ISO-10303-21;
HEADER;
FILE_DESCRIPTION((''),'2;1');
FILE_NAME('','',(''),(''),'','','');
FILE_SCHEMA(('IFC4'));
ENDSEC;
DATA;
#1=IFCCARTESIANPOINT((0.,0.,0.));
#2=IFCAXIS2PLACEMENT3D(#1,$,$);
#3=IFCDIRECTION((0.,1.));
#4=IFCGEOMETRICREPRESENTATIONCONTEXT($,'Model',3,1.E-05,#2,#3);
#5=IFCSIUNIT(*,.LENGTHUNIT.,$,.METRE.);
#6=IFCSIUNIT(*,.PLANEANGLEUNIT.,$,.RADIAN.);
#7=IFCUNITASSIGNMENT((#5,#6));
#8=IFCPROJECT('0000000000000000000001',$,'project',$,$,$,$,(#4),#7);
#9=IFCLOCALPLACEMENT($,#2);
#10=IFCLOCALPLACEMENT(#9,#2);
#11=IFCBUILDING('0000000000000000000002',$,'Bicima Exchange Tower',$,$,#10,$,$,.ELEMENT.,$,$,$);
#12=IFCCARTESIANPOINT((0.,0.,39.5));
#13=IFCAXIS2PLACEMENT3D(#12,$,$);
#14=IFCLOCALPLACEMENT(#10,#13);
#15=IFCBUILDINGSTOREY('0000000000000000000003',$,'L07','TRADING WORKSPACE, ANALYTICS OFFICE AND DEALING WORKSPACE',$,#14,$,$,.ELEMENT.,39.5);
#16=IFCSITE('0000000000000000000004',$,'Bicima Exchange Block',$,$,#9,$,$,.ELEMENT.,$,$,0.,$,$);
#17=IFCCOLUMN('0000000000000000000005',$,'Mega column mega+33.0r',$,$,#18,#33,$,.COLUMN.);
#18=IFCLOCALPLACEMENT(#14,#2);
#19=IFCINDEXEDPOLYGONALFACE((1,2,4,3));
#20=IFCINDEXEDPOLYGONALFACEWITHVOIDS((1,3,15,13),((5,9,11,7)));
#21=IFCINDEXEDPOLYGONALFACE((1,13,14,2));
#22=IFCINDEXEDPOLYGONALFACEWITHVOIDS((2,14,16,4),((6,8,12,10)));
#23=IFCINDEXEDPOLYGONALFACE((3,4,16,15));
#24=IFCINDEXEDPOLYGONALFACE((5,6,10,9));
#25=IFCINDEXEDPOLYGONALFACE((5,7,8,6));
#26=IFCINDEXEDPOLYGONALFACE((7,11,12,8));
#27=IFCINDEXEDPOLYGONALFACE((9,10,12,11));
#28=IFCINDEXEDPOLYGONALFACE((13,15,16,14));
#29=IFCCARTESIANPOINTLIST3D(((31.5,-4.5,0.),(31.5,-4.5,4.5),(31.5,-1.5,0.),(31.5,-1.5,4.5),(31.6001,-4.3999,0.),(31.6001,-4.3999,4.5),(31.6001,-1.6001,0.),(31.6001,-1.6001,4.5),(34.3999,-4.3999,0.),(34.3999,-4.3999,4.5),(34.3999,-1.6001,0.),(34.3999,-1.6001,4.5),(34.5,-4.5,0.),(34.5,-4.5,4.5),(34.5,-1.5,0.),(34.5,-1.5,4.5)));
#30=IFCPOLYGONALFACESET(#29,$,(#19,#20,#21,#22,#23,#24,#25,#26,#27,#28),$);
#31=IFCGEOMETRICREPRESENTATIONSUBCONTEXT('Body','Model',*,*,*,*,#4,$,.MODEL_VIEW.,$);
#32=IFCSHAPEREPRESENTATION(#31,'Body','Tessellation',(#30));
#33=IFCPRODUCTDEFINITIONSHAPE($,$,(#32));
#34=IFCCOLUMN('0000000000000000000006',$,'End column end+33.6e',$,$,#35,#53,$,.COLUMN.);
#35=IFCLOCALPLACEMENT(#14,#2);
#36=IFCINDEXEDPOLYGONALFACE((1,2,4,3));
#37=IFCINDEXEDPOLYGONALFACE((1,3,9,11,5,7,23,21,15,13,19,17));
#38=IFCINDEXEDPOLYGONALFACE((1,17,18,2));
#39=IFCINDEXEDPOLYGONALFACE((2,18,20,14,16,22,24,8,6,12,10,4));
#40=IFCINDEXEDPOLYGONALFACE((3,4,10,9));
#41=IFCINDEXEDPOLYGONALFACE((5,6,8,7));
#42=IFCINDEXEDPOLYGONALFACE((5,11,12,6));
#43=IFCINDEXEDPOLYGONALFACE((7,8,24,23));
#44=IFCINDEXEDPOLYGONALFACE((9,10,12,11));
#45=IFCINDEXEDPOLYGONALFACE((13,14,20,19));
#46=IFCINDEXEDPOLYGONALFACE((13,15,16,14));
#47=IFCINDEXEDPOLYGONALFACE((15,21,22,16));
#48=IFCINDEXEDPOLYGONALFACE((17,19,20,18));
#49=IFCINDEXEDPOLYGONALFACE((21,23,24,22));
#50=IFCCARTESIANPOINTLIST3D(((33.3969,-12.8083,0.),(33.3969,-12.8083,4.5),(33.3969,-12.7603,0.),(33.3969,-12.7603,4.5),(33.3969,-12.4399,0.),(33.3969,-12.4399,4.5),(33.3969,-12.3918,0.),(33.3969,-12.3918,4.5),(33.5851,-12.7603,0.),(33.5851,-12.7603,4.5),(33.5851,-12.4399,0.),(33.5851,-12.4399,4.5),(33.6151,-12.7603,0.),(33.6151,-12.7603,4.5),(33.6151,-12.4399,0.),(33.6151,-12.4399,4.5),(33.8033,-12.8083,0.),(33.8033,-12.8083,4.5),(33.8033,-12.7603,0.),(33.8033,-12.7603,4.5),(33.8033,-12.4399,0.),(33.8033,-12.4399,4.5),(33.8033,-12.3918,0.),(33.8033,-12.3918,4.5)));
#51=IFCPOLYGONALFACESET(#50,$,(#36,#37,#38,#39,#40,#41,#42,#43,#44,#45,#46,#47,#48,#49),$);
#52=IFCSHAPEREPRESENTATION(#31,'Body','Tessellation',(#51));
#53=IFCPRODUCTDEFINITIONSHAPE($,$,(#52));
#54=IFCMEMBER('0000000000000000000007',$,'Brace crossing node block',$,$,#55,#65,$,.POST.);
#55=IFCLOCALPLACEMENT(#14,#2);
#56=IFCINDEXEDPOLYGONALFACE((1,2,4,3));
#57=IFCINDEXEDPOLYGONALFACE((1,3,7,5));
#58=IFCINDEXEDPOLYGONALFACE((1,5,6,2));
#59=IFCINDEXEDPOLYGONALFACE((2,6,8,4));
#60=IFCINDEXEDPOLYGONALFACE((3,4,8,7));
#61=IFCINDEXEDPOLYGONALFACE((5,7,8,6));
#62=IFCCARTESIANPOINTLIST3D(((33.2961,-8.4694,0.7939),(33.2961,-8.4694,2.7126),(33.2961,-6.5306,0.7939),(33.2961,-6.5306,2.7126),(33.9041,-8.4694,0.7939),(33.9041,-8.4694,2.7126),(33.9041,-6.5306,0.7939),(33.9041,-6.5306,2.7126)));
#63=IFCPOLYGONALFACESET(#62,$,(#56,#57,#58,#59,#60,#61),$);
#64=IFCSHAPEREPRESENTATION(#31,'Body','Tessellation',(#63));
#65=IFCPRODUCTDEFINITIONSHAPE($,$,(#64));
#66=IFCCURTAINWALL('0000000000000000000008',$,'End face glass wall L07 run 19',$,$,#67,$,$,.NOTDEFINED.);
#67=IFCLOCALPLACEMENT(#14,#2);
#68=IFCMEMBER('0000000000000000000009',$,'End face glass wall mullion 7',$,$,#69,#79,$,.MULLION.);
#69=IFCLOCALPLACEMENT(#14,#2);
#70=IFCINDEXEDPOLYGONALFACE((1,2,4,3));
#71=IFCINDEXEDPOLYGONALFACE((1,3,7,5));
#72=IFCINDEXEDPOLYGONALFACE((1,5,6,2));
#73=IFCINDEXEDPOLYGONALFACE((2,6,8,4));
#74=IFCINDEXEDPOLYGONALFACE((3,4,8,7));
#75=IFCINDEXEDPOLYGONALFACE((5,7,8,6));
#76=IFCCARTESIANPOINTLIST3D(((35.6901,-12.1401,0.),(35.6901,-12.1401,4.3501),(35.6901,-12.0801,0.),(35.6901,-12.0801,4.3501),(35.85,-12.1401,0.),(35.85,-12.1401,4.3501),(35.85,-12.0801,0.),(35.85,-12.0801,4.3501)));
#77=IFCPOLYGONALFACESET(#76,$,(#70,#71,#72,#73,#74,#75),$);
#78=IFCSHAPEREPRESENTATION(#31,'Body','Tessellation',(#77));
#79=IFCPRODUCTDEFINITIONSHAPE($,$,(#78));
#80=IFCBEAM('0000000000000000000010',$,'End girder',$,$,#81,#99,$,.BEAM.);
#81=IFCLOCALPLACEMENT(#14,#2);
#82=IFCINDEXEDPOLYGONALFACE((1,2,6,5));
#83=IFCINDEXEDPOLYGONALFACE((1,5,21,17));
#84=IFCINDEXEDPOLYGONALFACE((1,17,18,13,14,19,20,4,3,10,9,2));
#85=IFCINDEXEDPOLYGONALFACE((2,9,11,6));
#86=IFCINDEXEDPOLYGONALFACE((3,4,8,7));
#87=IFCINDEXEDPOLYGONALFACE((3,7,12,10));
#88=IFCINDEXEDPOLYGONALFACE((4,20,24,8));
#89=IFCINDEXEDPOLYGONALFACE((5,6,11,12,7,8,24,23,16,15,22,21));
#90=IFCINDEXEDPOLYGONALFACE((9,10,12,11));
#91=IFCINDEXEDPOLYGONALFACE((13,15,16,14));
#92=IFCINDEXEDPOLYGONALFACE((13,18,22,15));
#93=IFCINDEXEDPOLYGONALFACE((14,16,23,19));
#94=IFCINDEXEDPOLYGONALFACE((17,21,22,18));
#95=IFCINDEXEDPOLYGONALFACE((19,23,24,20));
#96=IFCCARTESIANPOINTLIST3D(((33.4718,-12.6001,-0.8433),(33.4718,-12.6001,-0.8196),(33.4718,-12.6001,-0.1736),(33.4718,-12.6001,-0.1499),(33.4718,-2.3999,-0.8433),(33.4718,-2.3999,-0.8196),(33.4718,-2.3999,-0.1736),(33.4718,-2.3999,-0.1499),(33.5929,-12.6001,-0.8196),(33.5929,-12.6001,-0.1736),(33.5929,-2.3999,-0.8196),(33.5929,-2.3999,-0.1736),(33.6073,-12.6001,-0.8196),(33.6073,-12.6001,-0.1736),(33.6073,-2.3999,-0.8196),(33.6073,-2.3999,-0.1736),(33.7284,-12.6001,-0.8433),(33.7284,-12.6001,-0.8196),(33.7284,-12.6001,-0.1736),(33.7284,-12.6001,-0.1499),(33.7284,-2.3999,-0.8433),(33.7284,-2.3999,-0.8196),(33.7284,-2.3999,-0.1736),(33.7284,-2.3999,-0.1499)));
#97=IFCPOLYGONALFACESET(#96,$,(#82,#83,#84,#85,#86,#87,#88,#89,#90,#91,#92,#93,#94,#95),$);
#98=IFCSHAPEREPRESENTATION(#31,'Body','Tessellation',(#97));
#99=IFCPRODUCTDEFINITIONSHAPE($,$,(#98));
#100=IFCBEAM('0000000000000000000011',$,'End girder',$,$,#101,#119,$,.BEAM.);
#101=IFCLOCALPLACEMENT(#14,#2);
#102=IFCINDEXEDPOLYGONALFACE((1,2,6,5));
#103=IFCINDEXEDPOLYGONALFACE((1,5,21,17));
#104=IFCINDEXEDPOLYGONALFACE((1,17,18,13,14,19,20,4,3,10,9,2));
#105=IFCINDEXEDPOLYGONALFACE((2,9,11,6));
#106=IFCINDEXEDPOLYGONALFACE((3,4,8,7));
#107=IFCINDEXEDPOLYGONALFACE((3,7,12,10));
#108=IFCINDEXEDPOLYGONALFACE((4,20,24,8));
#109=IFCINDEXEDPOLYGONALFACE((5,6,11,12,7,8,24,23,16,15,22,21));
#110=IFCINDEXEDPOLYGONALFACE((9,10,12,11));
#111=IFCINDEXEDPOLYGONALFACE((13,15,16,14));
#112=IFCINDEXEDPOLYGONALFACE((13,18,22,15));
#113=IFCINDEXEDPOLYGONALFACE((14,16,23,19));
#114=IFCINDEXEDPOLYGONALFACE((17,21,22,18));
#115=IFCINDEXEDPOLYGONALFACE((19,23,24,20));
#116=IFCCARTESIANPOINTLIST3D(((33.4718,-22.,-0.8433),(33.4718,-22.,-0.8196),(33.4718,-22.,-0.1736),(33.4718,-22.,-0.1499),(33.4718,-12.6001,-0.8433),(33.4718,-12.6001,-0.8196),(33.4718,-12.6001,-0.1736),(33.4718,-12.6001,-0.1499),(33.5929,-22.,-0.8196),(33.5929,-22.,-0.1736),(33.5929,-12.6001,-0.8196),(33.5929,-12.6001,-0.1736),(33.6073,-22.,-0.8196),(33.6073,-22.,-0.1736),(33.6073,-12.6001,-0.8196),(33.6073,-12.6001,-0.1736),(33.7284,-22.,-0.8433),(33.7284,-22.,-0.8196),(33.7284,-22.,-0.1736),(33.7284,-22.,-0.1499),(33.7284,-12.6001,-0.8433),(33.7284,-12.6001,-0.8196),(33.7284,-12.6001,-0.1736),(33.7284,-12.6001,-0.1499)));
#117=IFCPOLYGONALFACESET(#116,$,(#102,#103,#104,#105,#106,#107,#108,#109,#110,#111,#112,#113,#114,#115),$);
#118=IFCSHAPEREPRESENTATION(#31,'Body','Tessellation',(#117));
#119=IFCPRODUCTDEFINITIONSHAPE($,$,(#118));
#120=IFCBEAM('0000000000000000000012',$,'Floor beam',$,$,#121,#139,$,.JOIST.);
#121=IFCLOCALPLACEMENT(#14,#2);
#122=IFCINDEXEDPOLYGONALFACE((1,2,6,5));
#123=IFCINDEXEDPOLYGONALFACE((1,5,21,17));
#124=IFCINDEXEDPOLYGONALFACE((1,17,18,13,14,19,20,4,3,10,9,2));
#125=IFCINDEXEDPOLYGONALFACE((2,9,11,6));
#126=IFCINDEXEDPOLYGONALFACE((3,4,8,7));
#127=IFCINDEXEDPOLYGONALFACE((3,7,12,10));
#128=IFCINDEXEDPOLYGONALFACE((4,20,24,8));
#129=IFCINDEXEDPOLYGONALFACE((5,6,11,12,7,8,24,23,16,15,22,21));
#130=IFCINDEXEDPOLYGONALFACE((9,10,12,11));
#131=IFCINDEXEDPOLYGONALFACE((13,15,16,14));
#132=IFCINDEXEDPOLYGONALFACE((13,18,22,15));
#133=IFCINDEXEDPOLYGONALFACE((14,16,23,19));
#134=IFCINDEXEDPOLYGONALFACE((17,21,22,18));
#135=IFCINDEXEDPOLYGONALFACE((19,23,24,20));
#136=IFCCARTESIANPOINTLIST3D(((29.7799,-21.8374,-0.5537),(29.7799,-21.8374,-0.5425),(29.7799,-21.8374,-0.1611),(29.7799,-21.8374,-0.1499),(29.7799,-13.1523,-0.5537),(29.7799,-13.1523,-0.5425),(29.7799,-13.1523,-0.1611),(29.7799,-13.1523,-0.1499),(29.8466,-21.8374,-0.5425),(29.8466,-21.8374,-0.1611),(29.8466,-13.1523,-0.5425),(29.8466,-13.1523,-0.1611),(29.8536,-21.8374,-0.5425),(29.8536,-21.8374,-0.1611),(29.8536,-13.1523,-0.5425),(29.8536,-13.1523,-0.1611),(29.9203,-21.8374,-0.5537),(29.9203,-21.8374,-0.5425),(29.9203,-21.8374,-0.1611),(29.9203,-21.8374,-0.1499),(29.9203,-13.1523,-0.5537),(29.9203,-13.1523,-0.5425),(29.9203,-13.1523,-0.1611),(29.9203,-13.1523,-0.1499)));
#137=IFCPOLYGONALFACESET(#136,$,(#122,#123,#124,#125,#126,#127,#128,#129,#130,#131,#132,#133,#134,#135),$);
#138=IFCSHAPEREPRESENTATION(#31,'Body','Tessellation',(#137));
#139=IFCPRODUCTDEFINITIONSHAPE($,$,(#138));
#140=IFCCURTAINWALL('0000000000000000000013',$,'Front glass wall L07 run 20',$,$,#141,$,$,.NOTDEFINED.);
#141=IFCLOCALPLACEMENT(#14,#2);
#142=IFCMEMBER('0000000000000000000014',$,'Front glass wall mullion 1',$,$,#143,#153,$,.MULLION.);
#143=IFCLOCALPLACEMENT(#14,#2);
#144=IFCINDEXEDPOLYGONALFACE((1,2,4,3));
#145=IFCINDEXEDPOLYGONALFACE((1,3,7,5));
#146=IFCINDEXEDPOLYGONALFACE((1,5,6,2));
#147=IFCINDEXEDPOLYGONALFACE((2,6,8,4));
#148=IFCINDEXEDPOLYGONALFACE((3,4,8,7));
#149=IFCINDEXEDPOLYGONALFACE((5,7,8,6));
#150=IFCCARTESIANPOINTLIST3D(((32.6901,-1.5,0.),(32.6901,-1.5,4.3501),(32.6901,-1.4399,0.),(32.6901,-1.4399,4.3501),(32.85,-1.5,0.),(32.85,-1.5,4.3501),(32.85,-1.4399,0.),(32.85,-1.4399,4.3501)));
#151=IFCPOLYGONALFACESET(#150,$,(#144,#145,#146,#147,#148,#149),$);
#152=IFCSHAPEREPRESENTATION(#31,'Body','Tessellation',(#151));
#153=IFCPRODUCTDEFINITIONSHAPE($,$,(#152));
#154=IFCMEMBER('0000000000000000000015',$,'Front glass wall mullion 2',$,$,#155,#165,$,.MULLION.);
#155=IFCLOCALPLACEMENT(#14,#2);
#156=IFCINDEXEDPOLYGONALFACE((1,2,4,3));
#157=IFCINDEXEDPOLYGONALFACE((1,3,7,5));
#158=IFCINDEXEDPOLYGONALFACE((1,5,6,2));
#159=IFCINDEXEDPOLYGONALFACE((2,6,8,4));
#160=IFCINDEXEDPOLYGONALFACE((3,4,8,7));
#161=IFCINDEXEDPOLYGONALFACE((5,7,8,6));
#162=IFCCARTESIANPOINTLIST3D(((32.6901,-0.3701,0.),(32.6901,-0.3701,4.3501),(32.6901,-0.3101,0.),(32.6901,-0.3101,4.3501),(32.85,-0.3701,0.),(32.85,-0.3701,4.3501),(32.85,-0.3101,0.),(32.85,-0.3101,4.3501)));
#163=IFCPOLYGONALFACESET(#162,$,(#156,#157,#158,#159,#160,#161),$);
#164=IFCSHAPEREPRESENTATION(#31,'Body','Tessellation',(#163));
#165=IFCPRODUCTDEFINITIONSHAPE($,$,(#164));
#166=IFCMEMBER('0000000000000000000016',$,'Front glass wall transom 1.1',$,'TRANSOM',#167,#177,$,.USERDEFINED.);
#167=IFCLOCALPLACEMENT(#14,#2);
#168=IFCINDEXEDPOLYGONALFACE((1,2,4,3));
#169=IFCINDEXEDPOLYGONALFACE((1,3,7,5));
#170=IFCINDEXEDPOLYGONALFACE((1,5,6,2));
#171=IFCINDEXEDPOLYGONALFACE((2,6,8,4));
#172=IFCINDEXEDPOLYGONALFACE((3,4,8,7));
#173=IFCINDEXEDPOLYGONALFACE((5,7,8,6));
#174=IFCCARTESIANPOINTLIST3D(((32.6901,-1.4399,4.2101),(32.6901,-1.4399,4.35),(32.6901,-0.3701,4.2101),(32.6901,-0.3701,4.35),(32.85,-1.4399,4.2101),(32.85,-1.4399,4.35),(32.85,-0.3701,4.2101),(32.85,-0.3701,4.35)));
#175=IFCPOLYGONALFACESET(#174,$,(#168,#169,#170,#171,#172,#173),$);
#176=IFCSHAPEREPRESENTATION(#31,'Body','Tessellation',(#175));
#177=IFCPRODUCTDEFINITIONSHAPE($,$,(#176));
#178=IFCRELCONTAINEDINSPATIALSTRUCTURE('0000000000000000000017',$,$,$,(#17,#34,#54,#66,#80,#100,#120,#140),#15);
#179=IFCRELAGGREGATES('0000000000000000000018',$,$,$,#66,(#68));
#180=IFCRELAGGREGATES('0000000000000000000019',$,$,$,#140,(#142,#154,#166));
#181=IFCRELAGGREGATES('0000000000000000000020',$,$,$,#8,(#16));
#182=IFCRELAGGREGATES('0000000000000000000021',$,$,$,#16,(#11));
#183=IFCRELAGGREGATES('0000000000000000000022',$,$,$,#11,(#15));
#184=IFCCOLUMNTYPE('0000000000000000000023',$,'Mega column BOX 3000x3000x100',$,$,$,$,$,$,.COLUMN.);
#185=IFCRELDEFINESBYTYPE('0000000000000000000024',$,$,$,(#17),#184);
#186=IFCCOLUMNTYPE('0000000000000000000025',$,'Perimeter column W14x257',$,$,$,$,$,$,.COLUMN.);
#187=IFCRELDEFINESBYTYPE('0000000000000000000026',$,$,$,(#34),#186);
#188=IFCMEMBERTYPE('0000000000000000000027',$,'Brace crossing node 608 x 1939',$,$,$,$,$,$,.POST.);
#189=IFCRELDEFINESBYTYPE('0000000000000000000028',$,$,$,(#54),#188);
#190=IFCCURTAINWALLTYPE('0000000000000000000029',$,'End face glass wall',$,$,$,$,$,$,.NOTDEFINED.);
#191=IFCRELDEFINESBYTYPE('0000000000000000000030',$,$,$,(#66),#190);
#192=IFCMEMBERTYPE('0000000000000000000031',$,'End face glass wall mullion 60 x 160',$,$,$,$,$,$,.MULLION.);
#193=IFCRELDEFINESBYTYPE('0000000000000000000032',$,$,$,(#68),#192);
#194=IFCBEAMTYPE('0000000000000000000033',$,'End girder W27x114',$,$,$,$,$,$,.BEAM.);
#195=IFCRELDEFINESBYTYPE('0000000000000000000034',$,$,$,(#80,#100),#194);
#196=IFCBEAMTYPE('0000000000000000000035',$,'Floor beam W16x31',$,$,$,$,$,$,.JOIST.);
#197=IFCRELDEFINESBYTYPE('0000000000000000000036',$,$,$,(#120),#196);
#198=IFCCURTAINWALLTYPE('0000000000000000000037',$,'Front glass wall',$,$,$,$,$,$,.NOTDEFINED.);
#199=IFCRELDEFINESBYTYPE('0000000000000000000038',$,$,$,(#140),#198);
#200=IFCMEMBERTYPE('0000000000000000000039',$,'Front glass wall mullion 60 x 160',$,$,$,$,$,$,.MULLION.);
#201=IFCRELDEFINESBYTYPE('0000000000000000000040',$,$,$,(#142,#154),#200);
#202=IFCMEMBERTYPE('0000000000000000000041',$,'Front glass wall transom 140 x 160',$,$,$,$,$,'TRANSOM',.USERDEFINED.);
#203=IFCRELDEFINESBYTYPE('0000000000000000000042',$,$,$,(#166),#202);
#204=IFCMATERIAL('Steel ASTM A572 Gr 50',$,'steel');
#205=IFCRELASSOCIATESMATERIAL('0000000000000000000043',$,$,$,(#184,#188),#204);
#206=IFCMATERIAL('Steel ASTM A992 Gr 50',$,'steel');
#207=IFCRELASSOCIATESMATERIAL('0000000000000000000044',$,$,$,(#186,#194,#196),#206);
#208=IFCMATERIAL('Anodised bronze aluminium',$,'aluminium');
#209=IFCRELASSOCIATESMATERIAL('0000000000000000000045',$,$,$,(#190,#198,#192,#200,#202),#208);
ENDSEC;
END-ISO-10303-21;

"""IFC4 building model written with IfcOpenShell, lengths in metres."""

from ifc_helpers import new_model, si_unit, direction, frame, origin, origin_2d, place, context, subcontext, project, spatial, rectangle, hollow_rectangle, i_section, extrude, material, material_profile, profile_set, type_object, element, aggregate, save


model = new_model("IFC4")

# Units and contexts
model_context = context("Model", 3, precision=1e-05, world=origin(), true_north=direction((0.0, 1.0)))
body_context = subcontext(model_context, "Body", "Model", "MODEL_VIEW")
ifc_project = project(units=[si_unit("LENGTHUNIT", "METRE"), si_unit("PLANEANGLEUNIT", "RADIAN")], contexts=[model_context])

# Site, building, storey
site_placement = place(None, origin())
site = spatial("IfcSite", under=ifc_project, at=site_placement, Name="Bicima Exchange Block", CompositionType="ELEMENT", RefElevation=0.0)
building_placement = place(site_placement, origin())
building = spatial("IfcBuilding", under=site, at=building_placement, Name="Bicima Exchange Tower", CompositionType="ELEMENT")
storey_placement = place(building_placement, frame((0.0, 0.0, 39.5)))
storey = spatial("IfcBuildingStorey", under=building, at=storey_placement, Name="L07", Description="TRADING WORKSPACE, ANALYTICS OFFICE AND DEALING WORKSPACE", CompositionType="ELEMENT", Elevation=39.5)

# Columns
ifc_material_1 = material(Name="Steel ASTM A572 Gr 50", Category="steel")
ifc_material_profile_1 = material_profile(ifc_material_1, hollow_rectangle(XDim=3.0, YDim=3.0, WallThickness=0.1001, at=origin_2d()))
ifc_profile_set_1 = profile_set([ifc_material_profile_1], Name="Steel ASTM A572 Gr 50")
column_type_1 = type_object("IfcColumnType", Name="Mega column BOX 3000x3000x100", PredefinedType="COLUMN", material=ifc_profile_set_1)
column_1_placement = place(storey_placement, frame((33.0, -3.0, 0.0), z_axis=(0.0, 0.0, 1.0), x_axis=(1.0, 0.0, 0.0)))
element("IfcColumn", 1, at=column_1_placement, inside=storey, type_object=column_type_1, Name="Mega column mega+33.0r", PredefinedType="COLUMN", context=body_context, shape_type="SweptSolid", body=[
    extrude(hollow_rectangle(XDim=3.0, YDim=3.0, WallThickness=0.1001, at=origin_2d()), origin(), (0.0, 0.0, 1.0), 4.5),
])
ifc_material_2 = material(Name="Steel ASTM A992 Gr 50", Category="steel")
ifc_material_profile_2 = material_profile(ifc_material_2, i_section(OverallWidth=0.4065, OverallDepth=0.4165, WebThickness=0.03, FlangeThickness=0.0481, at=origin_2d()))
ifc_profile_set_2 = profile_set([ifc_material_profile_2], Name="Steel ASTM A992 Gr 50")
column_type_2 = type_object("IfcColumnType", Name="Perimeter column W14x257", PredefinedType="COLUMN", material=ifc_profile_set_2)
column_2_placement = place(storey_placement, frame((33.6001, -12.6001, 0.0), z_axis=(0.0, 0.0, 1.0), x_axis=(1.0, 0.0, 0.0)))
element("IfcColumn", 2, at=column_2_placement, inside=storey, type_object=column_type_2, Name="End column end+33.6e", PredefinedType="COLUMN", context=body_context, shape_type="SweptSolid", body=[
    extrude(i_section(OverallWidth=0.4065, OverallDepth=0.4165, WebThickness=0.03, FlangeThickness=0.0481, at=origin_2d()), origin(), (0.0, 0.0, 1.0), 4.5),
])

# Member
ifc_material_profile_3 = material_profile(ifc_material_1, rectangle(XDim=0.6079, YDim=1.9387, at=origin_2d()))
ifc_profile_set_3 = profile_set([ifc_material_profile_3], Name="Steel ASTM A572 Gr 50")
member_type_1 = type_object("IfcMemberType", Name="Brace crossing node 608 x 1939", PredefinedType="POST", material=ifc_profile_set_3)
member_1_placement = place(storey_placement, frame((33.6001, -7.5, 0.7939), z_axis=(0.0, 0.0, 1.0), x_axis=(1.0, 0.0, 0.0)))
element("IfcMember", 3, at=member_1_placement, inside=storey, type_object=member_type_1, Name="Brace crossing node block", PredefinedType="POST", context=body_context, shape_type="SweptSolid", body=[
    extrude(rectangle(XDim=0.6079, YDim=1.9387, at=origin_2d()), origin(), (0.0, 0.0, 1.0), 1.9187),
])

# Curtain wall, member
ifc_material_3 = material(Name="Anodised bronze aluminium", Category="aluminium")
curtain_wall_type_1 = type_object("IfcCurtainWallType", Name="End face glass wall", PredefinedType="NOTDEFINED", material=ifc_material_3)
curtain_wall_1_placement = place(storey_placement, origin())
curtain_wall_1 = element("IfcCurtainWall", 4, at=curtain_wall_1_placement, inside=storey, type_object=curtain_wall_type_1, Name="End face glass wall L07 run 19", PredefinedType="NOTDEFINED")
ifc_material_profile_4 = material_profile(ifc_material_3, rectangle(XDim=0.1599, YDim=0.0601, at=origin_2d()))
ifc_profile_set_4 = profile_set([ifc_material_profile_4], Name="Anodised bronze aluminium")
member_type_2 = type_object("IfcMemberType", Name="End face glass wall mullion 60 x 160", PredefinedType="MULLION", material=ifc_profile_set_4)
member_2_placement = place(storey_placement, frame((35.77, -12.1101, 0.0), z_axis=(0.0, 0.0, 1.0), x_axis=(-1.0, 0.0, 0.0)))
member_2 = element("IfcMember", 5, at=member_2_placement, type_object=member_type_2, Name="End face glass wall mullion 7", PredefinedType="MULLION", context=body_context, shape_type="SweptSolid", body=[
    extrude(rectangle(XDim=0.1599, YDim=0.0601, at=origin_2d()), origin(), (0.0, 0.0, 1.0), 4.3501),
])
aggregate(curtain_wall_1, [member_2])

# Beams
ifc_material_profile_5 = material_profile(ifc_material_2, i_section(OverallWidth=0.2566, OverallDepth=0.6934, WebThickness=0.0144, FlangeThickness=0.0237, at=origin_2d()))
ifc_profile_set_5 = profile_set([ifc_material_profile_5], Name="Steel ASTM A992 Gr 50")
beam_type_1 = type_object("IfcBeamType", Name="End girder W27x114", PredefinedType="BEAM", material=ifc_profile_set_5)
beam_1_placement = place(storey_placement, frame((33.6001, -2.3999, -0.4966), z_axis=(0.0, -1.0, 0.0), x_axis=(1.0, 0.0, 0.0)))
element("IfcBeam", 6, at=beam_1_placement, inside=storey, type_object=beam_type_1, Name="End girder", PredefinedType="BEAM", context=body_context, shape_type="SweptSolid", body=[
    extrude(i_section(OverallWidth=0.2566, OverallDepth=0.6934, WebThickness=0.0144, FlangeThickness=0.0237, at=origin_2d()), origin(), (0.0, 0.0, 1.0), 10.2002),
])
beam_2_placement = place(storey_placement, frame((33.6001, -12.6001, -0.4966), z_axis=(0.0, -1.0, 0.0), x_axis=(1.0, 0.0, 0.0)))
element("IfcBeam", 7, at=beam_2_placement, inside=storey, type_object=beam_type_1, Name="End girder", PredefinedType="BEAM", context=body_context, shape_type="SweptSolid", body=[
    extrude(i_section(OverallWidth=0.2566, OverallDepth=0.6934, WebThickness=0.0144, FlangeThickness=0.0237, at=origin_2d()), origin(), (0.0, 0.0, 1.0), 9.3999),
])
ifc_material_profile_6 = material_profile(ifc_material_2, i_section(OverallWidth=0.1404, OverallDepth=0.4038, WebThickness=0.0071, FlangeThickness=0.0112, at=origin_2d()))
ifc_profile_set_6 = profile_set([ifc_material_profile_6], Name="Steel ASTM A992 Gr 50")
beam_type_2 = type_object("IfcBeamType", Name="Floor beam W16x31", PredefinedType="JOIST", material=ifc_profile_set_6)
beam_3_placement = place(storey_placement, frame((29.8501, -13.1523, -0.3518), z_axis=(0.0, -1.0, 0.0), x_axis=(1.0, 0.0, 0.0)))
element("IfcBeam", 8, at=beam_3_placement, inside=storey, type_object=beam_type_2, Name="Floor beam", PredefinedType="JOIST", context=body_context, shape_type="SweptSolid", body=[
    extrude(i_section(OverallWidth=0.1404, OverallDepth=0.4038, WebThickness=0.0071, FlangeThickness=0.0112, at=origin_2d()), origin(), (0.0, 0.0, 1.0), 8.6851),
])

# Curtain wall, members
curtain_wall_type_2 = type_object("IfcCurtainWallType", Name="Front glass wall", PredefinedType="NOTDEFINED", material=ifc_material_3)
curtain_wall_2_placement = place(storey_placement, origin())
curtain_wall_2 = element("IfcCurtainWall", 9, at=curtain_wall_2_placement, inside=storey, type_object=curtain_wall_type_2, Name="Front glass wall L07 run 20", PredefinedType="NOTDEFINED")
member_type_3 = type_object("IfcMemberType", Name="Front glass wall mullion 60 x 160", PredefinedType="MULLION", material=ifc_profile_set_4)
member_3_placement = place(storey_placement, frame((32.77, -1.47, 0.0), z_axis=(0.0, 0.0, 1.0), x_axis=(-1.0, 0.0, 0.0)))
member_3 = element("IfcMember", 10, at=member_3_placement, type_object=member_type_3, Name="Front glass wall mullion 1", PredefinedType="MULLION", context=body_context, shape_type="SweptSolid", body=[
    extrude(rectangle(XDim=0.1599, YDim=0.0601, at=origin_2d()), origin(), (0.0, 0.0, 1.0), 4.3501),
])
member_4_placement = place(storey_placement, frame((32.77, -0.3401, 0.0), z_axis=(0.0, 0.0, 1.0), x_axis=(-1.0, 0.0, 0.0)))
member_4 = element("IfcMember", 11, at=member_4_placement, type_object=member_type_3, Name="Front glass wall mullion 2", PredefinedType="MULLION", context=body_context, shape_type="SweptSolid", body=[
    extrude(rectangle(XDim=0.1599, YDim=0.0601, at=origin_2d()), origin(), (0.0, 0.0, 1.0), 4.3501),
])
ifc_material_profile_7 = material_profile(ifc_material_3, rectangle(XDim=0.1599, YDim=0.1399, at=origin_2d()))
ifc_profile_set_7 = profile_set([ifc_material_profile_7], Name="Anodised bronze aluminium")
member_type_4 = type_object("IfcMemberType", Name="Front glass wall transom 140 x 160", ElementType="TRANSOM", PredefinedType="USERDEFINED", material=ifc_profile_set_7)
member_5_placement = place(storey_placement, frame((32.77, -1.4399, 4.28), z_axis=(0.0, 1.0, 0.0), x_axis=(-1.0, 0.0, 0.0)))
member_5 = element("IfcMember", 12, at=member_5_placement, type_object=member_type_4, Name="Front glass wall transom 1.1", ObjectType="TRANSOM", PredefinedType="USERDEFINED", context=body_context, shape_type="SweptSolid", body=[
    extrude(rectangle(XDim=0.1599, YDim=0.1399, at=origin_2d()), origin(), (0.0, 0.0, 1.0), 1.0698),
])

aggregate(curtain_wall_2, [member_3, member_4, member_5])

save(model, "model.ifc")
